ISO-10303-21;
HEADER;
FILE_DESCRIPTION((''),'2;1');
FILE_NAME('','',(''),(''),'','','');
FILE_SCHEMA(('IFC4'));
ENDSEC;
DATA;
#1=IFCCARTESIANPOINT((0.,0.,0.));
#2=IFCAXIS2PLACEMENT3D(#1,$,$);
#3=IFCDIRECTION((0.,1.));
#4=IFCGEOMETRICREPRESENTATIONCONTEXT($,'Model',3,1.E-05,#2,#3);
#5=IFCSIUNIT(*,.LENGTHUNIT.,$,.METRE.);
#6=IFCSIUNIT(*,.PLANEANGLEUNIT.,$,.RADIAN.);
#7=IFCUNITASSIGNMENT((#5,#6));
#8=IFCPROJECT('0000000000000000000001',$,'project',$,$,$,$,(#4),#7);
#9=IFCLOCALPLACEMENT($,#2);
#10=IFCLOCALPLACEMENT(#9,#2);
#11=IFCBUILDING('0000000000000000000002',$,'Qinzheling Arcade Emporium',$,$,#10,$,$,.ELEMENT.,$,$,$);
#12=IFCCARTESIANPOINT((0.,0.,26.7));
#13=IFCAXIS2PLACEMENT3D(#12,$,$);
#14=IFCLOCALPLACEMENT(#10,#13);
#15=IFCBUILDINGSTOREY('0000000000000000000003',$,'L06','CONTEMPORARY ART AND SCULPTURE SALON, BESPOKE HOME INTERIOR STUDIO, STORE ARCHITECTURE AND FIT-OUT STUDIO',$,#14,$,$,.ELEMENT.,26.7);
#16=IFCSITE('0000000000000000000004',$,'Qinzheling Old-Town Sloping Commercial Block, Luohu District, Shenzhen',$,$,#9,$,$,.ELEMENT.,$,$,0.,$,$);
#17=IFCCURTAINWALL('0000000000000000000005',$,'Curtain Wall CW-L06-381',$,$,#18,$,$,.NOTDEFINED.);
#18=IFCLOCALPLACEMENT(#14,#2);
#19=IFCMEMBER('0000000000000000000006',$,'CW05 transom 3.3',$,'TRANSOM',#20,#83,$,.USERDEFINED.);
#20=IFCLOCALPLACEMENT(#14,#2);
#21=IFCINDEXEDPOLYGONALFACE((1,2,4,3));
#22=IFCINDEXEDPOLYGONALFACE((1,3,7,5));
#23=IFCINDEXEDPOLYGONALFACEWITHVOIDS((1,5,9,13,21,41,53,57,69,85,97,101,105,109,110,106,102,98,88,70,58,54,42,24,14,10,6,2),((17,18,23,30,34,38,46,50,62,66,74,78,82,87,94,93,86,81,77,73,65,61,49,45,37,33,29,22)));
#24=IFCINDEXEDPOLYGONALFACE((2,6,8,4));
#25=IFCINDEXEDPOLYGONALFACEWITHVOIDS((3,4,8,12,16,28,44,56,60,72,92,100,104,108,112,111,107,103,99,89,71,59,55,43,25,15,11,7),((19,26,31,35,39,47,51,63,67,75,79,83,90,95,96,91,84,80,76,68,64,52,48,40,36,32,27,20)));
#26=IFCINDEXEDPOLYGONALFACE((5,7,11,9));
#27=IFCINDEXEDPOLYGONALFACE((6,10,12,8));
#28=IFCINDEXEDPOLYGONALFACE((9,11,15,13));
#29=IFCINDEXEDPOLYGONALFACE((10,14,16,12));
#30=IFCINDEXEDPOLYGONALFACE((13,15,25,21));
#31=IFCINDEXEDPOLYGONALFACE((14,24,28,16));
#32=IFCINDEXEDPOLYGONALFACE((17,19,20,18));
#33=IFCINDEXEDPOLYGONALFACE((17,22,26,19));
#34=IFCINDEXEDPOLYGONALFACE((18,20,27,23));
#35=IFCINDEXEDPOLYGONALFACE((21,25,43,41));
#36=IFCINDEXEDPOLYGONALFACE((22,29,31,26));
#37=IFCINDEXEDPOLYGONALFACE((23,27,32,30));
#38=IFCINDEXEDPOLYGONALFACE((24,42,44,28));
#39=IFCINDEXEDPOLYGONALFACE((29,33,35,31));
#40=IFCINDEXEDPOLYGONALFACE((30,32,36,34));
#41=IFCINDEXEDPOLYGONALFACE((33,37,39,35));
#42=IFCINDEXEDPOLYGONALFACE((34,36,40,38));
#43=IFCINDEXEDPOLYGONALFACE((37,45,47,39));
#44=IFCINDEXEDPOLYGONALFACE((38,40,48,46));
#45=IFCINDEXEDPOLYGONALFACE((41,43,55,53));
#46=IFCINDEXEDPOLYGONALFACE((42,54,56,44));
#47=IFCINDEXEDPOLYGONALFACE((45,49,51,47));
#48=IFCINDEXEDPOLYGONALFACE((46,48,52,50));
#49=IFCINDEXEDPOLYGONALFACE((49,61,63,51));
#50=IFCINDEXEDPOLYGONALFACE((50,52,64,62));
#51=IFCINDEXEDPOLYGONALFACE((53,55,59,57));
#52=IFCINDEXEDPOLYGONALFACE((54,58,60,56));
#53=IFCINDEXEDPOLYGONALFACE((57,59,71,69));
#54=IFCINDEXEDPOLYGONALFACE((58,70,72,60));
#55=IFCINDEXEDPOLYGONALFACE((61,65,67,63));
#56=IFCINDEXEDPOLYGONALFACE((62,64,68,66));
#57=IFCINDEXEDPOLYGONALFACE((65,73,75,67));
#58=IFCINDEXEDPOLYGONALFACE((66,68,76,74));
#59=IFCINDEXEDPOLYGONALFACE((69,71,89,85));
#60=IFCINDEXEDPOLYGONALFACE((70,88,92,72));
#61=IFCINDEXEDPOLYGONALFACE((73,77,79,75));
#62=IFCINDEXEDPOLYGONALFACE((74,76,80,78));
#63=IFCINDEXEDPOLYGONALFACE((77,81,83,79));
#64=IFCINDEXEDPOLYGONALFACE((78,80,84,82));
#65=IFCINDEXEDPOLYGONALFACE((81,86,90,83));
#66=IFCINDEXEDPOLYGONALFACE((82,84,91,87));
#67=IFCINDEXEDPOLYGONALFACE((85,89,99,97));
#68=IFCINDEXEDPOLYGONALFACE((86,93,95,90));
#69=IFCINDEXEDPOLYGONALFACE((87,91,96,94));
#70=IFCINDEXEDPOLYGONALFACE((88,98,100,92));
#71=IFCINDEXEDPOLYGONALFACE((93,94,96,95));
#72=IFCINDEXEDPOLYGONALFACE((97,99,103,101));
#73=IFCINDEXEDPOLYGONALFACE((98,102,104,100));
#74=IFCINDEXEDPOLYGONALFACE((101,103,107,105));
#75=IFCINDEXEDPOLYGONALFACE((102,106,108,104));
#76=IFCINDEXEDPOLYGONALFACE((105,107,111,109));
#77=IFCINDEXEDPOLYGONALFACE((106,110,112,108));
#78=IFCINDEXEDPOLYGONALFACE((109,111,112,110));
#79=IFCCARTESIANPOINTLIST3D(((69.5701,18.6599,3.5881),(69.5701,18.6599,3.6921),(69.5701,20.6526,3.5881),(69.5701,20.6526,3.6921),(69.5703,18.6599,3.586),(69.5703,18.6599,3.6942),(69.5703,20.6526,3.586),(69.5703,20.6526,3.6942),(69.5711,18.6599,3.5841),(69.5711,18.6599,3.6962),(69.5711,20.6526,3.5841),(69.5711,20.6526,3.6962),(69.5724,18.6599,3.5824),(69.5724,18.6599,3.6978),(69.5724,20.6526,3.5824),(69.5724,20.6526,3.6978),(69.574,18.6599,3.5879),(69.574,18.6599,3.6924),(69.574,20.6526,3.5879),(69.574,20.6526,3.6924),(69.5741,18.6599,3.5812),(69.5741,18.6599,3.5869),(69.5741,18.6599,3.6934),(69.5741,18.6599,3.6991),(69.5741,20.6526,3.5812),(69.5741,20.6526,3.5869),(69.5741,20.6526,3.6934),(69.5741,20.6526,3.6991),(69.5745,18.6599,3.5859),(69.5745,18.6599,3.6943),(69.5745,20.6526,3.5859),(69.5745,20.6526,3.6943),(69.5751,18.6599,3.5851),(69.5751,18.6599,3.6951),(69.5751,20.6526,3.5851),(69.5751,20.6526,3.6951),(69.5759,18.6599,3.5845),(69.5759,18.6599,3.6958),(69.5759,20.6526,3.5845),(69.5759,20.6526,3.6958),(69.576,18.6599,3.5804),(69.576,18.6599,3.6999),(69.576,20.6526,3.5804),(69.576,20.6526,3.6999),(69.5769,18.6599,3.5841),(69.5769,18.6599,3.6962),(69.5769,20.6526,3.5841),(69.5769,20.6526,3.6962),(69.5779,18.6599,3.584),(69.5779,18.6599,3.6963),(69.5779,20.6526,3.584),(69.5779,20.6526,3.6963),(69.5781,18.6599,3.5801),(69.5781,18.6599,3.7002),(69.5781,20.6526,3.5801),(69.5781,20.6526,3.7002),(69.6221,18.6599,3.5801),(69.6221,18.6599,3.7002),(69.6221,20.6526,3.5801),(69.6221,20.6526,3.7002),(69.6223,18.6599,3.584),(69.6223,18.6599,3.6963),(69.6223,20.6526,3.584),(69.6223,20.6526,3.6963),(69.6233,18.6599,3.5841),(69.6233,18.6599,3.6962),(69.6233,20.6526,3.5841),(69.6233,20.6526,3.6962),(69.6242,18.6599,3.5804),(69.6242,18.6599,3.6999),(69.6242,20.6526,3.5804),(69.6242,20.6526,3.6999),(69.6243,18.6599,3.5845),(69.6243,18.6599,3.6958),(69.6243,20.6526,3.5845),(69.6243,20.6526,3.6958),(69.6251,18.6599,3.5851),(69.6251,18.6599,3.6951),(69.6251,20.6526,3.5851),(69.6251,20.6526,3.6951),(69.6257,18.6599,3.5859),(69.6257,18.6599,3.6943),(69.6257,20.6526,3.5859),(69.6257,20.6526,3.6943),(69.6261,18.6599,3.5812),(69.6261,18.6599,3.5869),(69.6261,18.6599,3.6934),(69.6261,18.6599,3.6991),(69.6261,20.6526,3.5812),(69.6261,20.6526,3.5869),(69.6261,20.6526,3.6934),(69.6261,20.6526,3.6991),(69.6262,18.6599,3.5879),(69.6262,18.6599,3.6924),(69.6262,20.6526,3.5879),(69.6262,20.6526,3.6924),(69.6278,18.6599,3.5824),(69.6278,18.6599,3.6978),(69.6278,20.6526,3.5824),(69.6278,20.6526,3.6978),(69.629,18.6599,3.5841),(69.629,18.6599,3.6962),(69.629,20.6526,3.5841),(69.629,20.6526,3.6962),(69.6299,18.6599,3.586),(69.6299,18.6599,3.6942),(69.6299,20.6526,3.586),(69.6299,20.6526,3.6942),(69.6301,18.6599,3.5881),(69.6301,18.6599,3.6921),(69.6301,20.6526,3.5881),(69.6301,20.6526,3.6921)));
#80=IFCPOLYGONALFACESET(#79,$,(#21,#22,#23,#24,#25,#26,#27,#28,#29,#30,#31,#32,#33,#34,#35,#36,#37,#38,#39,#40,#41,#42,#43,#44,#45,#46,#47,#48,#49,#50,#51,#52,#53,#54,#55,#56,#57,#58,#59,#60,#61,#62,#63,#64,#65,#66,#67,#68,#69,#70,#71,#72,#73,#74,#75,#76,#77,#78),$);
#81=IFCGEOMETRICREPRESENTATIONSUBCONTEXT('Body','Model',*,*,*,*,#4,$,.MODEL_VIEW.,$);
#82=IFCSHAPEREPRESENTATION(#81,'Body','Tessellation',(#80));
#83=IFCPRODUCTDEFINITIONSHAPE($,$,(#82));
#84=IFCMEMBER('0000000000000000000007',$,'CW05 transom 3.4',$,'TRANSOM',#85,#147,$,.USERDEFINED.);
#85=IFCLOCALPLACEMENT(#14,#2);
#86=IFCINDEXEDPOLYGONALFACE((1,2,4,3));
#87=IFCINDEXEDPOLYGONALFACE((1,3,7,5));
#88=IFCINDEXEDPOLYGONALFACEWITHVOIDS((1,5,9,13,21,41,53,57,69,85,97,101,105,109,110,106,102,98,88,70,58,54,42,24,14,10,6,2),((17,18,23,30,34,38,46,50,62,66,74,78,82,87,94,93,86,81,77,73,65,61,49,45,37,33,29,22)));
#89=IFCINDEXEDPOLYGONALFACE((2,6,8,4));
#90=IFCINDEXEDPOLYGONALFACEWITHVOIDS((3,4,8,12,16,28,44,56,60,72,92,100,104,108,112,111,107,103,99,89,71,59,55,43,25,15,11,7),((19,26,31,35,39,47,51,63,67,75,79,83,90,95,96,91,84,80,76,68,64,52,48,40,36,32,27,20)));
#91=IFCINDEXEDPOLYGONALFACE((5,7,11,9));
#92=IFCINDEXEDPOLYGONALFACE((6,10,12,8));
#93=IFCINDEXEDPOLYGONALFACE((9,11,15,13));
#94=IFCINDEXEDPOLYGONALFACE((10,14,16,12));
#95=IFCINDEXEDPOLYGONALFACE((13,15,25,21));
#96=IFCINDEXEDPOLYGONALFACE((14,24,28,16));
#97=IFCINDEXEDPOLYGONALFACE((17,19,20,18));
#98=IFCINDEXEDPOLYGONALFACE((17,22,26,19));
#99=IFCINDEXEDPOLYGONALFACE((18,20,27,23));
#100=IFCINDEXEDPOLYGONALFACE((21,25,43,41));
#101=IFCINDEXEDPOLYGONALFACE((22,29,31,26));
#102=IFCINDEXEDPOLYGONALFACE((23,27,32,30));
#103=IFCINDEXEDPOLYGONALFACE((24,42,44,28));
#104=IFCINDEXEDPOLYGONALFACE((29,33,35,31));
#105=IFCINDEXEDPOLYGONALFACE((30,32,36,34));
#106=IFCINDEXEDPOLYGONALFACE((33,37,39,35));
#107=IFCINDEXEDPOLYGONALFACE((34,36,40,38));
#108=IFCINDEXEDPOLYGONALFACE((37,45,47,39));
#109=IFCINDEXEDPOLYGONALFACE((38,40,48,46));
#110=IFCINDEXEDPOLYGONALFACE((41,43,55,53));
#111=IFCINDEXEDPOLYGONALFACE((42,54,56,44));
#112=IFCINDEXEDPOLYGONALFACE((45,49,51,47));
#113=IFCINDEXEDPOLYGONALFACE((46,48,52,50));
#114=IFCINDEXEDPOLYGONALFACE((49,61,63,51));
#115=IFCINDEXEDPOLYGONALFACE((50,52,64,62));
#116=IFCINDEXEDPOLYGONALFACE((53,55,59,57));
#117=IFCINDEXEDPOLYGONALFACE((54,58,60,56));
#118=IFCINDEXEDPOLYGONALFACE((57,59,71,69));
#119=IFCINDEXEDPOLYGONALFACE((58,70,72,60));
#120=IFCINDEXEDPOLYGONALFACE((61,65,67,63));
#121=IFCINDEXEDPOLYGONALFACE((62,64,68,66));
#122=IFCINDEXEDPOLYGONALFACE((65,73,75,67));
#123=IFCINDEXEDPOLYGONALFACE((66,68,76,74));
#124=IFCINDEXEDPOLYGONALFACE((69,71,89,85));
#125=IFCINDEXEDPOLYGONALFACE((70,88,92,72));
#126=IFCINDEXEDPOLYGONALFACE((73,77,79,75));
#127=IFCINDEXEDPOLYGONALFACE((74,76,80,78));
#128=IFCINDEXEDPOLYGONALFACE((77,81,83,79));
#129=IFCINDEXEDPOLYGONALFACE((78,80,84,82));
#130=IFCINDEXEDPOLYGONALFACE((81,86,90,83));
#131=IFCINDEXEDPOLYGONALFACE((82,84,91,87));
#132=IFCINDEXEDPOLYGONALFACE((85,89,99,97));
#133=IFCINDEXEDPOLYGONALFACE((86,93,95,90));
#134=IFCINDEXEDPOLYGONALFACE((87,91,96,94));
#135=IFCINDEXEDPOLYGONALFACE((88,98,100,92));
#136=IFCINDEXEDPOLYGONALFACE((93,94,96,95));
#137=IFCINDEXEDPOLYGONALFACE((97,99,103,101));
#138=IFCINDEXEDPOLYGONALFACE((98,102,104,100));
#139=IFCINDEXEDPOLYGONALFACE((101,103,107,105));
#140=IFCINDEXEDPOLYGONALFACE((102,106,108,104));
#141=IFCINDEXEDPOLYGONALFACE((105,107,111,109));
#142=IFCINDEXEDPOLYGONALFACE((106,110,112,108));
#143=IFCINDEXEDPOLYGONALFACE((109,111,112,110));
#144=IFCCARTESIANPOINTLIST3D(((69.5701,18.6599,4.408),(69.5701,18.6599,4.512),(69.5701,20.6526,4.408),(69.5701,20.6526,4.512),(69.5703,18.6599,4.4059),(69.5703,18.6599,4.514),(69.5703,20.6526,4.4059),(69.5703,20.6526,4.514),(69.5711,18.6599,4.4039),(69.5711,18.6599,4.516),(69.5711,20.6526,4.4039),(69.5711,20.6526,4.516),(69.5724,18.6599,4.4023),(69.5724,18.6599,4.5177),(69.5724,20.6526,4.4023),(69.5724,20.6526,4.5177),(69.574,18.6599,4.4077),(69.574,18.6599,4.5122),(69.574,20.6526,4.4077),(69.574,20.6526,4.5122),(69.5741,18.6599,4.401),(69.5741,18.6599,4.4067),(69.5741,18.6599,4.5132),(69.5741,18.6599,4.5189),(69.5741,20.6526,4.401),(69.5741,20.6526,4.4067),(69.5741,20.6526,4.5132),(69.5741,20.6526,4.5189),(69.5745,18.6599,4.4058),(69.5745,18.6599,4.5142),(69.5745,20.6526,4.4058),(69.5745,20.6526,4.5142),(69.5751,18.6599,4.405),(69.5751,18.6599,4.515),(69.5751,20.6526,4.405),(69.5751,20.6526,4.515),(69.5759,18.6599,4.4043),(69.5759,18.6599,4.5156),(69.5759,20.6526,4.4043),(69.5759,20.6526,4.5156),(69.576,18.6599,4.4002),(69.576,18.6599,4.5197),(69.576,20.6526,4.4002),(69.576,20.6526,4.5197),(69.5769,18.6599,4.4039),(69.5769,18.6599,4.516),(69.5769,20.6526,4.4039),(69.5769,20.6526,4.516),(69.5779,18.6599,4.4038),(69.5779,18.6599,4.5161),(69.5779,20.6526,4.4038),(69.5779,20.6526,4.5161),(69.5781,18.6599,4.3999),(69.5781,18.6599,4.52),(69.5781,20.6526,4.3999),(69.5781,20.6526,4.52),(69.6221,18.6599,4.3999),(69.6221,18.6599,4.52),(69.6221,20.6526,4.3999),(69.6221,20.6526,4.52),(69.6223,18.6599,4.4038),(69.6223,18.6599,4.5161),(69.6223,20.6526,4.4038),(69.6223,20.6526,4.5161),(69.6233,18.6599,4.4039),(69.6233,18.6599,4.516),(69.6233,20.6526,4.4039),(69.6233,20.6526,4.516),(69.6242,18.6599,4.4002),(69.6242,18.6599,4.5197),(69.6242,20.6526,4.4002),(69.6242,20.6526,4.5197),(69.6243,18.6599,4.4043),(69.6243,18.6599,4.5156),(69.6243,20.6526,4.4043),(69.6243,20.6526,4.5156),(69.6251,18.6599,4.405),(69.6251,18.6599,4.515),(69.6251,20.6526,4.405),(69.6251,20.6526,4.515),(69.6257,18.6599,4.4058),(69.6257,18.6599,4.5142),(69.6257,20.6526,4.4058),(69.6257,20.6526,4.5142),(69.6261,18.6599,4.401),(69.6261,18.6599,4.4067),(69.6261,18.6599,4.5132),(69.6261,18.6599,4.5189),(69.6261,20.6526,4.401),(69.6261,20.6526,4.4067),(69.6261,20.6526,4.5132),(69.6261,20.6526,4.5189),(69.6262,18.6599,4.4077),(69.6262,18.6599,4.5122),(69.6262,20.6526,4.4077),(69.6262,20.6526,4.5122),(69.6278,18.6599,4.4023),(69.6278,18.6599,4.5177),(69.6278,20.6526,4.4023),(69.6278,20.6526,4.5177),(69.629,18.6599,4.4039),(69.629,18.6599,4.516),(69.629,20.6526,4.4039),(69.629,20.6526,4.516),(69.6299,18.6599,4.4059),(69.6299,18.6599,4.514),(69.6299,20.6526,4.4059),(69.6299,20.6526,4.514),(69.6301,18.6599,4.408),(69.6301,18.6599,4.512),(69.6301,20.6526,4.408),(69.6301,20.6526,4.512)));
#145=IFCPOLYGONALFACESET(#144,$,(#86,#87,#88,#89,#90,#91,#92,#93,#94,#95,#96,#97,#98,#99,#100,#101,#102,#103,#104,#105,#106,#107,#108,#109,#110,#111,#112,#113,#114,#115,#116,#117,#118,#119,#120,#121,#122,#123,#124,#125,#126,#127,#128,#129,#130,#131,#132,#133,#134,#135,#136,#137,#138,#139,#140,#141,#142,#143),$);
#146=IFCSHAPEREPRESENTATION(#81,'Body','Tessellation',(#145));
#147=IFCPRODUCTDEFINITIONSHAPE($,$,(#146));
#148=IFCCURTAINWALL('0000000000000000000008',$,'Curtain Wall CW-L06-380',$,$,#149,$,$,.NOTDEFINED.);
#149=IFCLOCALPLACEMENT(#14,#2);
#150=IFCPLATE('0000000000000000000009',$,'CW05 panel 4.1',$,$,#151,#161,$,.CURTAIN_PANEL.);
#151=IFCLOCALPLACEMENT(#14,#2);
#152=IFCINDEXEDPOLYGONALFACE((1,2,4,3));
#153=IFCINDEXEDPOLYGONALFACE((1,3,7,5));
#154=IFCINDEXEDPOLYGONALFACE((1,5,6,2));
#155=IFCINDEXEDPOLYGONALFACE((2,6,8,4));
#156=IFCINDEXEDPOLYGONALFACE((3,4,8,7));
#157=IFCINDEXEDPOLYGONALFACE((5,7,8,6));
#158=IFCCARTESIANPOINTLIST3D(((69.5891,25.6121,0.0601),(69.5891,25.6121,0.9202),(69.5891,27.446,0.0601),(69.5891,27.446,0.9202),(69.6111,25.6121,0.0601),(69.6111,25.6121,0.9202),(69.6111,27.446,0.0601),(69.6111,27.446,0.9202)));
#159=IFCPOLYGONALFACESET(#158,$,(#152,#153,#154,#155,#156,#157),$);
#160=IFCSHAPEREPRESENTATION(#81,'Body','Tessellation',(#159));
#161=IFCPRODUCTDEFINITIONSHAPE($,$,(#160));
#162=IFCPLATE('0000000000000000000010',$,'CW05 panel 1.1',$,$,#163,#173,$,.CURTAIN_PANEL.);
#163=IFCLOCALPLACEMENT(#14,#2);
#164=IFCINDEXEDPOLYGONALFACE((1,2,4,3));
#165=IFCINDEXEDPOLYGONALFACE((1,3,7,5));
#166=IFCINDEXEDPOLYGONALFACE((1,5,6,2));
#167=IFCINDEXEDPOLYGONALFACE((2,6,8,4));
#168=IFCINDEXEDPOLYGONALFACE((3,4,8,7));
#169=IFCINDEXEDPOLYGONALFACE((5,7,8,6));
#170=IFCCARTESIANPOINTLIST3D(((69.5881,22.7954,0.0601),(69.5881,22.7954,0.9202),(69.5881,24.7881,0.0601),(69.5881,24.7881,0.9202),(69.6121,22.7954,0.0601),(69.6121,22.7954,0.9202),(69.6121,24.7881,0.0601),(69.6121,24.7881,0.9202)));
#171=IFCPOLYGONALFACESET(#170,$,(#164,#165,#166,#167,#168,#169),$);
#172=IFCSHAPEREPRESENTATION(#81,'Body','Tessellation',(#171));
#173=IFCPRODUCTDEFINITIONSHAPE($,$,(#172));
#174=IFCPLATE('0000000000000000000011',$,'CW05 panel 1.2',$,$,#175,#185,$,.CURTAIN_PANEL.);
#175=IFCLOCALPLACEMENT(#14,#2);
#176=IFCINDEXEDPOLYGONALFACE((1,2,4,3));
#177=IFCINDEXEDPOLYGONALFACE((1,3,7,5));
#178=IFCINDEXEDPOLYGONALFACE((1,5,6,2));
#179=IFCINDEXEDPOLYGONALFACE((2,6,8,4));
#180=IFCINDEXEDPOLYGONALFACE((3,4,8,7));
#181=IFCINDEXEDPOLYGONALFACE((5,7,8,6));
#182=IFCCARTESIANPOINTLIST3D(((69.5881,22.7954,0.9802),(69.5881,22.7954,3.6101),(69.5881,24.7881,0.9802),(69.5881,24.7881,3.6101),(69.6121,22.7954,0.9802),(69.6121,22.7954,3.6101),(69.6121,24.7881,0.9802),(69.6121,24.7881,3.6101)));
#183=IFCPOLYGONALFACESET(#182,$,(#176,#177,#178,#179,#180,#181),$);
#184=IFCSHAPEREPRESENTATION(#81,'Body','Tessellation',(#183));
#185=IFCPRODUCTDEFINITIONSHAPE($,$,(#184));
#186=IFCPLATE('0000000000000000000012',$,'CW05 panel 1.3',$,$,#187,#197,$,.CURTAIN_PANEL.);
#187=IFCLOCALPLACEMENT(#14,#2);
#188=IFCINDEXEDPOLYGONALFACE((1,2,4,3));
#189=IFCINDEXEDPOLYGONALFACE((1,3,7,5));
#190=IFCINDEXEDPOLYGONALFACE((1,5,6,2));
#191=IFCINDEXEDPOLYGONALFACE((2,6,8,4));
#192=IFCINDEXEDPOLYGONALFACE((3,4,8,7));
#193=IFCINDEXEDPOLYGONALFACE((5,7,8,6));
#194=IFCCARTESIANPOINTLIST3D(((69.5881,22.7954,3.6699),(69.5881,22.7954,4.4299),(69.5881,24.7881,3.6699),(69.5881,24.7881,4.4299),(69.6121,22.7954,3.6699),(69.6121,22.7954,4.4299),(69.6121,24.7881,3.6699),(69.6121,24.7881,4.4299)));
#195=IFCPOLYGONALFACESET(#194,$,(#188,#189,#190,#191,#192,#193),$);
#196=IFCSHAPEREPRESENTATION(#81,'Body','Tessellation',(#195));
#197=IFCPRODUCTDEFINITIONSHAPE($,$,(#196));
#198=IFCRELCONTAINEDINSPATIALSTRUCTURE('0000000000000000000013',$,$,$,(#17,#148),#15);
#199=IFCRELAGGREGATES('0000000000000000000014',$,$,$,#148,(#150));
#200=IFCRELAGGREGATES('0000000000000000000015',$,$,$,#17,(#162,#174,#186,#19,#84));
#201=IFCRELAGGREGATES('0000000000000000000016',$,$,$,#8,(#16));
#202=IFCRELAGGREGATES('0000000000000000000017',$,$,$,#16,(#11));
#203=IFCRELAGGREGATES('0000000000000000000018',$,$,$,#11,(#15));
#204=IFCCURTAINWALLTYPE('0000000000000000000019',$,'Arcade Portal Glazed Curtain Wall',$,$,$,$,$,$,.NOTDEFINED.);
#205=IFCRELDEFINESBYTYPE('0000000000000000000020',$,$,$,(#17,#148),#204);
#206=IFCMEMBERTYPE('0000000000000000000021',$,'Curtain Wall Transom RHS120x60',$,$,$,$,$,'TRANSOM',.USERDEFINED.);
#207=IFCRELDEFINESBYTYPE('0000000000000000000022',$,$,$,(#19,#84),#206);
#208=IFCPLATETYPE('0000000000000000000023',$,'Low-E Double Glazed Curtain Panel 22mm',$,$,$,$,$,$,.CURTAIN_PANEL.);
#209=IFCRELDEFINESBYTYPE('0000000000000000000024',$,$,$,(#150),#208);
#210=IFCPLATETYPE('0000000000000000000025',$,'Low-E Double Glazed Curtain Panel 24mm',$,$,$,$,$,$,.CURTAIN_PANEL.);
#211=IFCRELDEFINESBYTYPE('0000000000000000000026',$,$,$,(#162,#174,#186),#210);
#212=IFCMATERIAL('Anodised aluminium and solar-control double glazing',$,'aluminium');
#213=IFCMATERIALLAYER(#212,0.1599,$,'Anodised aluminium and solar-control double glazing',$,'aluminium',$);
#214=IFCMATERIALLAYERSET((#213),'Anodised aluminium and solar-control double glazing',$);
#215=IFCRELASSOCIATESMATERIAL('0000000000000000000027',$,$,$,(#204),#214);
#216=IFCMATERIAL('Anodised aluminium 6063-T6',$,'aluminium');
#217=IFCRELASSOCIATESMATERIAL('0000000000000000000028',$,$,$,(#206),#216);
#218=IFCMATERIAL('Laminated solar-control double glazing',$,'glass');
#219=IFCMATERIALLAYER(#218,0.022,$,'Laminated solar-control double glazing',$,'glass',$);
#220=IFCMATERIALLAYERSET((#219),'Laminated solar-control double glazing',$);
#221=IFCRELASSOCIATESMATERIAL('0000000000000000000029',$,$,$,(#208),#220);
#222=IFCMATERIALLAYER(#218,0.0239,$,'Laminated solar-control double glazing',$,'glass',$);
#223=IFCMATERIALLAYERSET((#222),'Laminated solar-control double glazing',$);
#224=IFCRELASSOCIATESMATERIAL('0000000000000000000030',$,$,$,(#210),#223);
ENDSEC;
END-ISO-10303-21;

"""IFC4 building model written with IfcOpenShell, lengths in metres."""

from ifc_helpers import new_model, si_unit, direction, frame, origin, origin_2d, place, context, subcontext, project, spatial, rectangle, hollow_rectangle, extrude, material, layer, layer_set, material_profile, profile_set, type_object, element, aggregate, save


model = new_model("IFC4")

# Units and contexts
model_context = context("Model", 3, precision=1e-05, world=origin(), true_north=direction((0.0, 1.0)))
body_context = subcontext(model_context, "Body", "Model", "MODEL_VIEW")
ifc_project = project(units=[si_unit("LENGTHUNIT", "METRE"), si_unit("PLANEANGLEUNIT", "RADIAN")], contexts=[model_context])

# Site, building, storey
site_placement = place(None, origin())
site = spatial("IfcSite", under=ifc_project, at=site_placement, Name="Qinzheling Old-Town Sloping Commercial Block, Luohu District, Shenzhen", CompositionType="ELEMENT", RefElevation=0.0)
building_placement = place(site_placement, origin())
building = spatial("IfcBuilding", under=site, at=building_placement, Name="Qinzheling Arcade Emporium", CompositionType="ELEMENT")
storey_placement = place(building_placement, frame((0.0, 0.0, 26.7)))
storey = spatial("IfcBuildingStorey", under=building, at=storey_placement, Name="L06", Description="CONTEMPORARY ART AND SCULPTURE SALON, BESPOKE HOME INTERIOR STUDIO, STORE ARCHITECTURE AND FIT-OUT STUDIO", CompositionType="ELEMENT", Elevation=26.7)

# Curtain wall, members
ifc_material_1 = material(Name="Anodised aluminium and solar-control double glazing", Category="aluminium")
ifc_layer_1 = layer(ifc_material_1, 0.1599, Name="Anodised aluminium and solar-control double glazing", Category="aluminium")
ifc_layer_set_1 = layer_set([ifc_layer_1], Name="Anodised aluminium and solar-control double glazing")
curtain_wall_type = type_object("IfcCurtainWallType", Name="Arcade Portal Glazed Curtain Wall", PredefinedType="NOTDEFINED", material=ifc_layer_set_1)
curtain_wall_1_placement = place(storey_placement, origin())
curtain_wall_1 = element("IfcCurtainWall", 1, at=curtain_wall_1_placement, inside=storey, type_object=curtain_wall_type, Name="Curtain Wall CW-L06-381", PredefinedType="NOTDEFINED")
ifc_material_2 = material(Name="Anodised aluminium 6063-T6", Category="aluminium")
ifc_material_profile_1 = material_profile(ifc_material_2, hollow_rectangle(XDim=0.0601, YDim=0.1201, WallThickness=0.0039, InnerFilletRadius=0.0039, OuterFilletRadius=0.0081, at=origin_2d()), Name="RHS 120x60x4", Category="aluminium")
ifc_profile_set_1 = profile_set([ifc_material_profile_1], Name="Anodised aluminium 6063-T6")
member_type_1 = type_object("IfcMemberType", Name="Curtain Wall Transom RHS120x60", ElementType="TRANSOM", PredefinedType="USERDEFINED", material=ifc_profile_set_1)
member_1_placement = place(storey_placement, frame((69.6001, 20.6526, 3.6401), z_axis=(0.0, -1.0, 0.0), x_axis=(1.0, 0.0, 0.0)))
member_1 = element("IfcMember", 2, at=member_1_placement, type_object=member_type_1, Name="CW05 transom 3.3", ObjectType="TRANSOM", PredefinedType="USERDEFINED", context=body_context, shape_type="SweptSolid", body=[
    extrude(hollow_rectangle(XDim=0.0601, YDim=0.1201, WallThickness=0.0039, InnerFilletRadius=0.0039, OuterFilletRadius=0.0081, at=origin_2d()), origin(), (0.0, 0.0, 1.0), 1.9927),
])
member_2_placement = place(storey_placement, frame((69.6001, 20.6526, 4.46), z_axis=(0.0, -1.0, 0.0), x_axis=(1.0, 0.0, 0.0)))
member_2 = element("IfcMember", 3, at=member_2_placement, type_object=member_type_1, Name="CW05 transom 3.4", ObjectType="TRANSOM", PredefinedType="USERDEFINED", context=body_context, shape_type="SweptSolid", body=[
    extrude(hollow_rectangle(XDim=0.0601, YDim=0.1201, WallThickness=0.0039, InnerFilletRadius=0.0039, OuterFilletRadius=0.0081, at=origin_2d()), origin(), (0.0, 0.0, 1.0), 1.9927),
])

# Curtain wall, plate
curtain_wall_2_placement = place(storey_placement, origin())
curtain_wall_2 = element("IfcCurtainWall", 4, at=curtain_wall_2_placement, inside=storey, type_object=curtain_wall_type, Name="Curtain Wall CW-L06-380", PredefinedType="NOTDEFINED")
ifc_material_3 = material(Name="Laminated solar-control double glazing", Category="glass")
ifc_layer_2 = layer(ifc_material_3, 0.022, Name="Laminated solar-control double glazing", Category="glass")
ifc_layer_set_2 = layer_set([ifc_layer_2], Name="Laminated solar-control double glazing")
plate_type_1 = type_object("IfcPlateType", Name="Low-E Double Glazed Curtain Panel 22mm", PredefinedType="CURTAIN_PANEL", material=ifc_layer_set_2)
plate_1_placement = place(storey_placement, frame((69.6001, 26.5291, 0.0601), z_axis=(0.0, 0.0, 1.0), x_axis=(0.0, -1.0, 0.0)))
plate_1 = element("IfcPlate", 5, at=plate_1_placement, type_object=plate_type_1, Name="CW05 panel 4.1", PredefinedType="CURTAIN_PANEL", context=body_context, shape_type="SweptSolid", body=[
    extrude(rectangle(XDim=1.834, YDim=0.022, at=origin_2d()), origin(), (0.0, 0.0, 1.0), 0.8601),
])
aggregate(curtain_wall_2, [plate_1])

# Plates
ifc_layer_3 = layer(ifc_material_3, 0.0239, Name="Laminated solar-control double glazing", Category="glass")
ifc_layer_set_3 = layer_set([ifc_layer_3], Name="Laminated solar-control double glazing")
plate_type_2 = type_object("IfcPlateType", Name="Low-E Double Glazed Curtain Panel 24mm", PredefinedType="CURTAIN_PANEL", material=ifc_layer_set_3)
plate_2_placement = place(storey_placement, frame((69.6001, 23.7917, 0.0601), z_axis=(0.0, 0.0, 1.0), x_axis=(0.0, -1.0, 0.0)))
plate_2 = element("IfcPlate", 6, at=plate_2_placement, type_object=plate_type_2, Name="CW05 panel 1.1", PredefinedType="CURTAIN_PANEL", context=body_context, shape_type="SweptSolid", body=[
    extrude(rectangle(XDim=1.9927, YDim=0.0239, at=origin_2d()), origin(), (0.0, 0.0, 1.0), 0.8601),
])
plate_3_placement = place(storey_placement, frame((69.6001, 23.7917, 0.9802), z_axis=(0.0, 0.0, 1.0), x_axis=(0.0, -1.0, 0.0)))
plate_3 = element("IfcPlate", 7, at=plate_3_placement, type_object=plate_type_2, Name="CW05 panel 1.2", PredefinedType="CURTAIN_PANEL", context=body_context, shape_type="SweptSolid", body=[
    extrude(rectangle(XDim=1.9927, YDim=0.0239, at=origin_2d()), origin(), (0.0, 0.0, 1.0), 2.6299),
])
plate_4_placement = place(storey_placement, frame((69.6001, 23.7917, 3.6699), z_axis=(0.0, 0.0, 1.0), x_axis=(0.0, -1.0, 0.0)))
plate_4 = element("IfcPlate", 8, at=plate_4_placement, type_object=plate_type_2, Name="CW05 panel 1.3", PredefinedType="CURTAIN_PANEL", context=body_context, shape_type="SweptSolid", body=[
    extrude(rectangle(XDim=1.9927, YDim=0.0239, at=origin_2d()), origin(), (0.0, 0.0, 1.0), 0.76),
])
aggregate(curtain_wall_1, [plate_2, plate_3, plate_4, member_1, member_2])

save(model, "model.ifc")
